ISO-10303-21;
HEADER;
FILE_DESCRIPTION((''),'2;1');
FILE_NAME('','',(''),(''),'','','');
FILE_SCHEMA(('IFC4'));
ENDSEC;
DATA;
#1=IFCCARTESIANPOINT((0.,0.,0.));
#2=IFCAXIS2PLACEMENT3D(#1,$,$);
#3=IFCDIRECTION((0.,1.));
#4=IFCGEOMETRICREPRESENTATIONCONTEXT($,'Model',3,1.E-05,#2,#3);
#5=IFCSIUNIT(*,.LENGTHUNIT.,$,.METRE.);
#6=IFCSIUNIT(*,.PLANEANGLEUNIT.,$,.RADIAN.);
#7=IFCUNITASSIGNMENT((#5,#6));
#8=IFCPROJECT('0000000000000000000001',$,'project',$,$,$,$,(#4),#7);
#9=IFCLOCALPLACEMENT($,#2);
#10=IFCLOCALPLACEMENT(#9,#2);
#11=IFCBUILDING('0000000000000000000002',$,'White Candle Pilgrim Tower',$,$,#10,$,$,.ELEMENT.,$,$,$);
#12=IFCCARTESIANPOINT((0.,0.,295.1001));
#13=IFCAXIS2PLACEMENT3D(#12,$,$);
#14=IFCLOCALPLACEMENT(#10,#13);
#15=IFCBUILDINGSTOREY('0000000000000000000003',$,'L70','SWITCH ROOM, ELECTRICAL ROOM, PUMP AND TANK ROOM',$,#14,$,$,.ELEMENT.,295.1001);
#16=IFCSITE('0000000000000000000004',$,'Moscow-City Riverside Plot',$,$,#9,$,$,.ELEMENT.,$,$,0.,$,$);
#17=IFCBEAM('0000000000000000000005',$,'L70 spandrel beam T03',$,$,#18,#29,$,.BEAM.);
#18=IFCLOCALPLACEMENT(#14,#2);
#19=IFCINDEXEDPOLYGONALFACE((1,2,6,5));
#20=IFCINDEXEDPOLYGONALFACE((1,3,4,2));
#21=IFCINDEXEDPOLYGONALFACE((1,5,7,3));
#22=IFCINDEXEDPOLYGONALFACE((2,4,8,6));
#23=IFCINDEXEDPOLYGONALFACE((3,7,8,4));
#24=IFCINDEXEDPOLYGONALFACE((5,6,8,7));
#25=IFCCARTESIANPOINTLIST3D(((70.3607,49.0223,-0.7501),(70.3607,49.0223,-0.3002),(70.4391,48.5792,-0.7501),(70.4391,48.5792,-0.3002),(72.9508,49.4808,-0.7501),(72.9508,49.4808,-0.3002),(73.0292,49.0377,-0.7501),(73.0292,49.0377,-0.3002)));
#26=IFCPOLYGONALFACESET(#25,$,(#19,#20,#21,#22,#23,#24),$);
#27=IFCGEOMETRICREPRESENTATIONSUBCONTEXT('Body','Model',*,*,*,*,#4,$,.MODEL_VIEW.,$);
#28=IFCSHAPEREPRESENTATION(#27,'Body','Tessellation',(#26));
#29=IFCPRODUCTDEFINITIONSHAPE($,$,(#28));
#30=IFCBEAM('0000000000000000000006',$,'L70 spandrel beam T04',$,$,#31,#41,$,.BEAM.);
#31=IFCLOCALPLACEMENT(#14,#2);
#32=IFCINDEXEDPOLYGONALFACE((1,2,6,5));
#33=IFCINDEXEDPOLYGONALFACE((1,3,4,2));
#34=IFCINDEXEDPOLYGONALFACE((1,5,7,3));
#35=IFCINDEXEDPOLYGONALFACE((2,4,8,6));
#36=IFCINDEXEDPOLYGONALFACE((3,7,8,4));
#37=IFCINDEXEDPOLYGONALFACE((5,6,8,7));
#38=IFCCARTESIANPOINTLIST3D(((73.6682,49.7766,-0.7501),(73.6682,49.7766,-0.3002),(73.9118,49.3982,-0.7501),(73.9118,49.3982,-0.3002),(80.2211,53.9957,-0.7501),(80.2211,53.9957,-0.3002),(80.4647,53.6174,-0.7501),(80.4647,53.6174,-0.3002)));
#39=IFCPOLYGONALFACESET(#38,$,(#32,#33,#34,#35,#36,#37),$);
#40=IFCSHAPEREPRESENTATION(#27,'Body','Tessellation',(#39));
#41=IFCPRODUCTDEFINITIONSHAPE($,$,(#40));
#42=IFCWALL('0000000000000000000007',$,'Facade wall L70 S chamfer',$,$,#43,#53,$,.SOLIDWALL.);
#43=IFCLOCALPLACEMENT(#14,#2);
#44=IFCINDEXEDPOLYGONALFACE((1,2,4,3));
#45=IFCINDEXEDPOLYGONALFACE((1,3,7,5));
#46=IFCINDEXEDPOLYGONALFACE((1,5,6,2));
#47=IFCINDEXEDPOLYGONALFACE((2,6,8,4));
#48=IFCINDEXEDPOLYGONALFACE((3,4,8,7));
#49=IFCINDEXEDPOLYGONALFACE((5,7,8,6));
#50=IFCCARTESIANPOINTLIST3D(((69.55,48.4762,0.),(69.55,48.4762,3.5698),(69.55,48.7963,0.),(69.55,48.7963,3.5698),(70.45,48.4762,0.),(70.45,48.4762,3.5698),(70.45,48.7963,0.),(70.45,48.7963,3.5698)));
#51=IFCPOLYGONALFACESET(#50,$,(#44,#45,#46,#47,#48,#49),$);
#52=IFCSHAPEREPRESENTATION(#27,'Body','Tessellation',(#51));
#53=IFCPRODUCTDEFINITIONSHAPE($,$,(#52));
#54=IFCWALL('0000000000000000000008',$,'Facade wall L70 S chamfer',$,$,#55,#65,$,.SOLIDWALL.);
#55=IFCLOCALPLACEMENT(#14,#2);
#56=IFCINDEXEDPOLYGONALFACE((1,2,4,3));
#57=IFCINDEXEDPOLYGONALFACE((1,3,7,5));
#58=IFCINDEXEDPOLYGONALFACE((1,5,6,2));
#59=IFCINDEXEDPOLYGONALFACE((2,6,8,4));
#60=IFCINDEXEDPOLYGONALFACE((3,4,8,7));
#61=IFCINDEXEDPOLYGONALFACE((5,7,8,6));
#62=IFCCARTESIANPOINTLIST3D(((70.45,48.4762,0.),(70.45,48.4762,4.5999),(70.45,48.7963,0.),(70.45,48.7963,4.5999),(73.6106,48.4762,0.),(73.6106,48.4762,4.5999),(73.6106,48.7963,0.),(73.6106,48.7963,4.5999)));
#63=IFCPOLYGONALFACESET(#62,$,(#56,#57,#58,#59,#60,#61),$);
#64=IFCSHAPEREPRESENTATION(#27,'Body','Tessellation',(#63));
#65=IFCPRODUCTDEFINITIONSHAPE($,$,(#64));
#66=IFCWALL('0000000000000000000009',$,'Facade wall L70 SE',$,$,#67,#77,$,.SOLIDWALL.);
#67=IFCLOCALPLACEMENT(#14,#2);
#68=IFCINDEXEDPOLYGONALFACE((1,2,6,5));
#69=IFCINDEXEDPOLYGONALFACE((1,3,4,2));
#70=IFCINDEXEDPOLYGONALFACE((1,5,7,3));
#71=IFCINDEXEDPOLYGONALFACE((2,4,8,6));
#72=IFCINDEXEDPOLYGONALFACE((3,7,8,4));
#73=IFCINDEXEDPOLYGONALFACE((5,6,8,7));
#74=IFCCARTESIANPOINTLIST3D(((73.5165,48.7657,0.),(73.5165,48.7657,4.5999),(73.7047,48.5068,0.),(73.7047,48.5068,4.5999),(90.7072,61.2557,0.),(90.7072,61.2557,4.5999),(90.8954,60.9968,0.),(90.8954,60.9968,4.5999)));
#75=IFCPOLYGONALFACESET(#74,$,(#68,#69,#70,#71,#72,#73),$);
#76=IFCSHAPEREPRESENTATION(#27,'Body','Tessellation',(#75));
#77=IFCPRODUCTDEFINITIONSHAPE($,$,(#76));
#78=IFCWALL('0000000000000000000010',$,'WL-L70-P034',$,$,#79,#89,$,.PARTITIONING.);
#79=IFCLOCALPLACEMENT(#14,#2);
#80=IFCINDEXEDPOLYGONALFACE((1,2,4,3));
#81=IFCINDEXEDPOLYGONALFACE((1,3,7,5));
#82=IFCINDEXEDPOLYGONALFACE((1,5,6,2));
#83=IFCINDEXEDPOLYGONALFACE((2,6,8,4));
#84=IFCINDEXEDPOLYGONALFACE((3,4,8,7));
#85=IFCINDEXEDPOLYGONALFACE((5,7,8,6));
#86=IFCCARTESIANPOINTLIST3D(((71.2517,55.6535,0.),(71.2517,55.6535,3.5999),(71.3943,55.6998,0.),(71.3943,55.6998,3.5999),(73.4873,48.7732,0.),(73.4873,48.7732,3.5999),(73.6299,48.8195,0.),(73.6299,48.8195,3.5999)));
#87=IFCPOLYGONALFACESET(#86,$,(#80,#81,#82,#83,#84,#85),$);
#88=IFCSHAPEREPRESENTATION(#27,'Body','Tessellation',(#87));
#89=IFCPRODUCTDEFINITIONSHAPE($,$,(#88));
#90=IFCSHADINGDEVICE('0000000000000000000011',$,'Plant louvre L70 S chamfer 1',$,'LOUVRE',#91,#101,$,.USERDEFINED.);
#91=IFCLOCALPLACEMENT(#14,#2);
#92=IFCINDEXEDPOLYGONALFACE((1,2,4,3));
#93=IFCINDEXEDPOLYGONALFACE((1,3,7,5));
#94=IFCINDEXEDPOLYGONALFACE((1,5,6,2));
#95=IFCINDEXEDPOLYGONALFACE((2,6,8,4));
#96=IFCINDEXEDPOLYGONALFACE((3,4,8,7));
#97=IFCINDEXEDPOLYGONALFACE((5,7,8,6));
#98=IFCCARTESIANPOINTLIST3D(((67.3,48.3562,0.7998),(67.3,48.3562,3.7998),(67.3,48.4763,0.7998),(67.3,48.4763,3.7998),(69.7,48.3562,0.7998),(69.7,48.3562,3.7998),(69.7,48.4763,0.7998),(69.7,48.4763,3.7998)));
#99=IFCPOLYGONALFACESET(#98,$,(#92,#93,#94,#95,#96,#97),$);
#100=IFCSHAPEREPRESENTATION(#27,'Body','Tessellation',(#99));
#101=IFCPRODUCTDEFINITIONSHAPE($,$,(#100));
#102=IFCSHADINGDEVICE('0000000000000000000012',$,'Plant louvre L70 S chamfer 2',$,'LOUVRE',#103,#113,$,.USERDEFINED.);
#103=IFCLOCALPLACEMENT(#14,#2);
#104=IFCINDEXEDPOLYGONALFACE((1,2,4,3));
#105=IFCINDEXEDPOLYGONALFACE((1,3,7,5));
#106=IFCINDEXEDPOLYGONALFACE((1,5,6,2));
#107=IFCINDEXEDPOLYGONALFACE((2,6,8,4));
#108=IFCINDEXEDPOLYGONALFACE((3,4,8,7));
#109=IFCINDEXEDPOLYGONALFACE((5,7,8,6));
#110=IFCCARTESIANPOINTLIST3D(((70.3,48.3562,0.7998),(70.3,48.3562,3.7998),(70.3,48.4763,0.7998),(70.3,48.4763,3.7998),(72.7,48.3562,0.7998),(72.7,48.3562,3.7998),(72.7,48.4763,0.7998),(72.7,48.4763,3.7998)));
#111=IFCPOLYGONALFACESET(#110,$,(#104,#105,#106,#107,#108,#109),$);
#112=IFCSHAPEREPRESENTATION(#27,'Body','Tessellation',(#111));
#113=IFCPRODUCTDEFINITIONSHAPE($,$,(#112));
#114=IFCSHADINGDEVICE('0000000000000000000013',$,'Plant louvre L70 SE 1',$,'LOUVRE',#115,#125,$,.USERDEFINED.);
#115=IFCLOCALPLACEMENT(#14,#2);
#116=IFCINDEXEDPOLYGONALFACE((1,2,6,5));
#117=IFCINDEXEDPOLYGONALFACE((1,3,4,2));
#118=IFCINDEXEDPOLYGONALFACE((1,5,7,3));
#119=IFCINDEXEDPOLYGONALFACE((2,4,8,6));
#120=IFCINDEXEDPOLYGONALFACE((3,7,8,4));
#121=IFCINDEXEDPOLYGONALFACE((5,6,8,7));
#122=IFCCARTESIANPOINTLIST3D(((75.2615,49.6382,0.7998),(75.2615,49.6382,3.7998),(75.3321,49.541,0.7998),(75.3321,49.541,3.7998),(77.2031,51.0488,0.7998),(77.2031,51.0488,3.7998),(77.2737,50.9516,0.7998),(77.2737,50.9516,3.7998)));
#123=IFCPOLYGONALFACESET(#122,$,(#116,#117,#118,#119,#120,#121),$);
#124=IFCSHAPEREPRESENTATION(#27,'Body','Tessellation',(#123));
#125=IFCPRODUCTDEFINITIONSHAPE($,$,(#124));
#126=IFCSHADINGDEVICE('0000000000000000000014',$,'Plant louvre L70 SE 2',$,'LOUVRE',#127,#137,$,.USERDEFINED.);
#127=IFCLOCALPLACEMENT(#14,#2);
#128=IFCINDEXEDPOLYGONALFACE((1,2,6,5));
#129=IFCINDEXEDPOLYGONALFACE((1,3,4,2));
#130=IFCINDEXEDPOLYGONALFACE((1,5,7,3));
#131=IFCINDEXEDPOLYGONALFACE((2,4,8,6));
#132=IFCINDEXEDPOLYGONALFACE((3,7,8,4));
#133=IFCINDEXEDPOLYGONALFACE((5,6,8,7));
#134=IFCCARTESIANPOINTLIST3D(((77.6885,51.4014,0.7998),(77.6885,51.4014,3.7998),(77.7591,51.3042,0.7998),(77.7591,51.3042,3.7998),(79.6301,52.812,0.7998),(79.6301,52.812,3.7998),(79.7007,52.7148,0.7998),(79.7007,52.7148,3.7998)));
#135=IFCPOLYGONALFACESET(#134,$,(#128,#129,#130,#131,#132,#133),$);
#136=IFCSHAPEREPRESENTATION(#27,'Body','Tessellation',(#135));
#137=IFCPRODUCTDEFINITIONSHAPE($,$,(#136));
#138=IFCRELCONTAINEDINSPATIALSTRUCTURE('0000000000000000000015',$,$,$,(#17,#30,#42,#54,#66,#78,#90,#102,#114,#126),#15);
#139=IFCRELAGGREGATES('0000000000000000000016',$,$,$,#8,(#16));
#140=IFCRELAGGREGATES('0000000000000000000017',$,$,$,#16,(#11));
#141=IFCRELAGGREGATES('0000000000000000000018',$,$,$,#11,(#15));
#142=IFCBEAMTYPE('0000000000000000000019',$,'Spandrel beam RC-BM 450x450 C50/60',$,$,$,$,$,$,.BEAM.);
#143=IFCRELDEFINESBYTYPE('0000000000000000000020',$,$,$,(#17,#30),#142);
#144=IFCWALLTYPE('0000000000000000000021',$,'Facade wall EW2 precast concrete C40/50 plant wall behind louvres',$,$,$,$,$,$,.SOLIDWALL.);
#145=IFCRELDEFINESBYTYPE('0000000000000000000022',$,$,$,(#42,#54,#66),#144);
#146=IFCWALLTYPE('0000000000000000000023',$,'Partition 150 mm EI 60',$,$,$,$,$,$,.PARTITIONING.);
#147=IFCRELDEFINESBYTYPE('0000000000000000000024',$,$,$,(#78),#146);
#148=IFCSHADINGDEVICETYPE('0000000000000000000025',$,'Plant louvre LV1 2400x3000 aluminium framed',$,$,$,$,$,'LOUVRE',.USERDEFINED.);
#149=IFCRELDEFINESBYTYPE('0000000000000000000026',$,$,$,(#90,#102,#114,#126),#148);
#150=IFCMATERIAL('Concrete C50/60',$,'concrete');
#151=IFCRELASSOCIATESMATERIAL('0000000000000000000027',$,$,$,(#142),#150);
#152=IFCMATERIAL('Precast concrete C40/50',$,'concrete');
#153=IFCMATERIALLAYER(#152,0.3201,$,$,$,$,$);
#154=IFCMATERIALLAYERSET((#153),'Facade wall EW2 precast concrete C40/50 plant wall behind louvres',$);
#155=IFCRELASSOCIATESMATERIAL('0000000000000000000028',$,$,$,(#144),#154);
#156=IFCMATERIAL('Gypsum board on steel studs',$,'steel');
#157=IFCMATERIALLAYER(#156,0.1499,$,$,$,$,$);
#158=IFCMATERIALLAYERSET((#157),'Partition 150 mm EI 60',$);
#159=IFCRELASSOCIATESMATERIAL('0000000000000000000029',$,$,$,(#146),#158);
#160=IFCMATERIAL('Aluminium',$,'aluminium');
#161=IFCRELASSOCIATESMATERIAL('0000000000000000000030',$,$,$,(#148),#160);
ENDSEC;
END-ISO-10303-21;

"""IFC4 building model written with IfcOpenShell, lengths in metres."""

from ifc_helpers import new_model, si_unit, direction, frame, frame_2d, origin, origin_2d, place, context, subcontext, project, spatial, rectangle, extrude, material, layer, layer_set, material_profile, profile_set, type_object, element, save


model = new_model("IFC4")

# Units and contexts
model_context = context("Model", 3, precision=1e-05, world=origin(), true_north=direction((0.0, 1.0)))
body_context = subcontext(model_context, "Body", "Model", "MODEL_VIEW")
ifc_project = project(units=[si_unit("LENGTHUNIT", "METRE"), si_unit("PLANEANGLEUNIT", "RADIAN")], contexts=[model_context])

# Site, building, storey
site_placement = place(None, origin())
site = spatial("IfcSite", under=ifc_project, at=site_placement, Name="Moscow-City Riverside Plot", CompositionType="ELEMENT", RefElevation=0.0)
building_placement = place(site_placement, origin())
building = spatial("IfcBuilding", under=site, at=building_placement, Name="White Candle Pilgrim Tower", CompositionType="ELEMENT")
storey_placement = place(building_placement, frame((0.0, 0.0, 295.1001)))
storey = spatial("IfcBuildingStorey", under=building, at=storey_placement, Name="L70", Description="SWITCH ROOM, ELECTRICAL ROOM, PUMP AND TANK ROOM", CompositionType="ELEMENT", Elevation=295.1001)

# Beams
ifc_material_1 = material(Name="Concrete C50/60", Category="concrete")
ifc_material_profile_1 = material_profile(ifc_material_1, rectangle(XDim=0.45, YDim=0.45, at=origin_2d()), Name="RC-BM 450x450")
ifc_profile_set_1 = profile_set([ifc_material_profile_1], Name="Concrete C50/60")
beam_type = type_object("IfcBeamType", Name="Spandrel beam RC-BM 450x450 C50/60", PredefinedType="BEAM", material=ifc_profile_set_1)
beam_1_placement = place(storey_placement, frame((70.3999, 48.8008, -0.5251), z_axis=(0.984691, 0.17431, 0.0), x_axis=(-0.17431, 0.984691, 0.0)))
element("IfcBeam", 1, at=beam_1_placement, inside=storey, type_object=beam_type, Name="L70 spandrel beam T03", PredefinedType="BEAM", context=body_context, shape_type="SweptSolid", body=[
    extrude(rectangle(XDim=0.45, YDim=0.45, at=origin_2d()), origin(), (0.0, 0.0, 1.0), 2.6304),
])
beam_2_placement = place(storey_placement, frame((73.79, 49.5874, -0.5251), z_axis=(0.840793, 0.541357, 0.0), x_axis=(-0.541357, 0.840793, 0.0)))
element("IfcBeam", 2, at=beam_2_placement, inside=storey, type_object=beam_type, Name="L70 spandrel beam T04", PredefinedType="BEAM", context=body_context, shape_type="SweptSolid", body=[
    extrude(rectangle(XDim=0.45, YDim=0.45, at=origin_2d()), origin(), (0.0, 0.0, 1.0), 7.7937),
])

# Walls
ifc_material_2 = material(Name="Precast concrete C40/50", Category="concrete")
ifc_layer_1 = layer(ifc_material_2, 0.3201)
ifc_layer_set_1 = layer_set([ifc_layer_1], Name="Facade wall EW2 precast concrete C40/50 plant wall behind louvres")
wall_type_1 = type_object("IfcWallType", Name="Facade wall EW2 precast concrete C40/50 plant wall behind louvres", PredefinedType="SOLIDWALL", material=ifc_layer_set_1)
wall_1_placement = place(storey_placement, frame((69.55, 48.6362, 0.0), z_axis=(0.0, 0.0, 1.0), x_axis=(1.0, 0.0, 0.0)))
element("IfcWall", 3, at=wall_1_placement, inside=storey, type_object=wall_type_1, Name="Facade wall L70 S chamfer", PredefinedType="SOLIDWALL", context=body_context, shape_type="SweptSolid", body=[
    extrude(rectangle(XDim=0.8999, YDim=0.3201, at=frame_2d((0.45, 0.0))), origin(), (0.0, 0.0, 1.0), 3.5698),
])
wall_2_placement = place(storey_placement, frame((70.45, 48.6362, 0.0), z_axis=(0.0, 0.0, 1.0), x_axis=(1.0, 0.0, 0.0)))
element("IfcWall", 4, at=wall_2_placement, inside=storey, type_object=wall_type_1, Name="Facade wall L70 S chamfer", PredefinedType="SOLIDWALL", context=body_context, shape_type="SweptSolid", body=[
    extrude(rectangle(XDim=3.1606, YDim=0.3201, at=frame_2d((1.5803, 0.0))), origin(), (0.0, 0.0, 1.0), 4.5999),
])
wall_3_placement = place(storey_placement, frame((73.6106, 48.6362, 0.0), z_axis=(0.0, 0.0, 1.0), x_axis=(0.809012, 0.587792, 0.0)))
element("IfcWall", 5, at=wall_3_placement, inside=storey, type_object=wall_type_1, Name="Facade wall L70 SE", PredefinedType="SOLIDWALL", context=body_context, shape_type="SweptSolid", body=[
    extrude(rectangle(XDim=21.249, YDim=0.3201, at=frame_2d((10.6245, 0.0))), origin(), (0.0, 0.0, 1.0), 4.5999),
])
ifc_material_3 = material(Name="Gypsum board on steel studs", Category="steel")
ifc_layer_2 = layer(ifc_material_3, 0.1499)
ifc_layer_set_2 = layer_set([ifc_layer_2], Name="Partition 150 mm EI 60")
wall_type_2 = type_object("IfcWallType", Name="Partition 150 mm EI 60", PredefinedType="PARTITIONING", material=ifc_layer_set_2)
wall_4_placement = place(storey_placement, frame((73.5586, 48.7964, 0.0), z_axis=(0.0, 0.0, 1.0), x_axis=(-0.30902, 0.951055, 0.0)))
element("IfcWall", 6, at=wall_4_placement, inside=storey, type_object=wall_type_2, Name="WL-L70-P034", PredefinedType="PARTITIONING", context=body_context, shape_type="SweptSolid", body=[
    extrude(rectangle(XDim=7.2344, YDim=0.1499, at=frame_2d((3.6172, 0.0))), origin(), (0.0, 0.0, 1.0), 3.5999),
])

# Shading devices
ifc_material_4 = material(Name="Aluminium", Category="aluminium")
shading_device_type = type_object("IfcShadingDeviceType", Name="Plant louvre LV1 2400x3000 aluminium framed", ElementType="LOUVRE", PredefinedType="USERDEFINED", material=ifc_material_4)
for number, where, z_axis, x_axis, name in (
    (7, (68.5, 48.4163, 0.7998), (0.0, 0.0, 1.0), (1.0, 0.0, 0.0), "Plant louvre L70 S chamfer 1"),
    (8, (71.5, 48.4163, 0.7998), (0.0, 0.0, 1.0), (1.0, 0.0, 0.0), "Plant louvre L70 S chamfer 2"),
    (9, (76.2676, 50.2949, 0.7998), (0.0, 0.0, 1.0), (0.809017, 0.587785, 0.0), "Plant louvre L70 SE 1"),
    (10, (78.6946, 52.0581, 0.7998), (0.0, 0.0, 1.0), (0.809017, 0.587785, 0.0), "Plant louvre L70 SE 2"),
):
    element("IfcShadingDevice", number, at=place(storey_placement, frame(where, z_axis=z_axis, x_axis=x_axis)), inside=storey, type_object=shading_device_type, Name=name, ObjectType="LOUVRE", PredefinedType="USERDEFINED", context=body_context, shape_type="SweptSolid", body=[
        extrude(rectangle(XDim=2.3999, YDim=0.1201, at=origin_2d()), origin(), (0.0, 0.0, 1.0), 3.0),
    ])

save(model, "model.ifc")
